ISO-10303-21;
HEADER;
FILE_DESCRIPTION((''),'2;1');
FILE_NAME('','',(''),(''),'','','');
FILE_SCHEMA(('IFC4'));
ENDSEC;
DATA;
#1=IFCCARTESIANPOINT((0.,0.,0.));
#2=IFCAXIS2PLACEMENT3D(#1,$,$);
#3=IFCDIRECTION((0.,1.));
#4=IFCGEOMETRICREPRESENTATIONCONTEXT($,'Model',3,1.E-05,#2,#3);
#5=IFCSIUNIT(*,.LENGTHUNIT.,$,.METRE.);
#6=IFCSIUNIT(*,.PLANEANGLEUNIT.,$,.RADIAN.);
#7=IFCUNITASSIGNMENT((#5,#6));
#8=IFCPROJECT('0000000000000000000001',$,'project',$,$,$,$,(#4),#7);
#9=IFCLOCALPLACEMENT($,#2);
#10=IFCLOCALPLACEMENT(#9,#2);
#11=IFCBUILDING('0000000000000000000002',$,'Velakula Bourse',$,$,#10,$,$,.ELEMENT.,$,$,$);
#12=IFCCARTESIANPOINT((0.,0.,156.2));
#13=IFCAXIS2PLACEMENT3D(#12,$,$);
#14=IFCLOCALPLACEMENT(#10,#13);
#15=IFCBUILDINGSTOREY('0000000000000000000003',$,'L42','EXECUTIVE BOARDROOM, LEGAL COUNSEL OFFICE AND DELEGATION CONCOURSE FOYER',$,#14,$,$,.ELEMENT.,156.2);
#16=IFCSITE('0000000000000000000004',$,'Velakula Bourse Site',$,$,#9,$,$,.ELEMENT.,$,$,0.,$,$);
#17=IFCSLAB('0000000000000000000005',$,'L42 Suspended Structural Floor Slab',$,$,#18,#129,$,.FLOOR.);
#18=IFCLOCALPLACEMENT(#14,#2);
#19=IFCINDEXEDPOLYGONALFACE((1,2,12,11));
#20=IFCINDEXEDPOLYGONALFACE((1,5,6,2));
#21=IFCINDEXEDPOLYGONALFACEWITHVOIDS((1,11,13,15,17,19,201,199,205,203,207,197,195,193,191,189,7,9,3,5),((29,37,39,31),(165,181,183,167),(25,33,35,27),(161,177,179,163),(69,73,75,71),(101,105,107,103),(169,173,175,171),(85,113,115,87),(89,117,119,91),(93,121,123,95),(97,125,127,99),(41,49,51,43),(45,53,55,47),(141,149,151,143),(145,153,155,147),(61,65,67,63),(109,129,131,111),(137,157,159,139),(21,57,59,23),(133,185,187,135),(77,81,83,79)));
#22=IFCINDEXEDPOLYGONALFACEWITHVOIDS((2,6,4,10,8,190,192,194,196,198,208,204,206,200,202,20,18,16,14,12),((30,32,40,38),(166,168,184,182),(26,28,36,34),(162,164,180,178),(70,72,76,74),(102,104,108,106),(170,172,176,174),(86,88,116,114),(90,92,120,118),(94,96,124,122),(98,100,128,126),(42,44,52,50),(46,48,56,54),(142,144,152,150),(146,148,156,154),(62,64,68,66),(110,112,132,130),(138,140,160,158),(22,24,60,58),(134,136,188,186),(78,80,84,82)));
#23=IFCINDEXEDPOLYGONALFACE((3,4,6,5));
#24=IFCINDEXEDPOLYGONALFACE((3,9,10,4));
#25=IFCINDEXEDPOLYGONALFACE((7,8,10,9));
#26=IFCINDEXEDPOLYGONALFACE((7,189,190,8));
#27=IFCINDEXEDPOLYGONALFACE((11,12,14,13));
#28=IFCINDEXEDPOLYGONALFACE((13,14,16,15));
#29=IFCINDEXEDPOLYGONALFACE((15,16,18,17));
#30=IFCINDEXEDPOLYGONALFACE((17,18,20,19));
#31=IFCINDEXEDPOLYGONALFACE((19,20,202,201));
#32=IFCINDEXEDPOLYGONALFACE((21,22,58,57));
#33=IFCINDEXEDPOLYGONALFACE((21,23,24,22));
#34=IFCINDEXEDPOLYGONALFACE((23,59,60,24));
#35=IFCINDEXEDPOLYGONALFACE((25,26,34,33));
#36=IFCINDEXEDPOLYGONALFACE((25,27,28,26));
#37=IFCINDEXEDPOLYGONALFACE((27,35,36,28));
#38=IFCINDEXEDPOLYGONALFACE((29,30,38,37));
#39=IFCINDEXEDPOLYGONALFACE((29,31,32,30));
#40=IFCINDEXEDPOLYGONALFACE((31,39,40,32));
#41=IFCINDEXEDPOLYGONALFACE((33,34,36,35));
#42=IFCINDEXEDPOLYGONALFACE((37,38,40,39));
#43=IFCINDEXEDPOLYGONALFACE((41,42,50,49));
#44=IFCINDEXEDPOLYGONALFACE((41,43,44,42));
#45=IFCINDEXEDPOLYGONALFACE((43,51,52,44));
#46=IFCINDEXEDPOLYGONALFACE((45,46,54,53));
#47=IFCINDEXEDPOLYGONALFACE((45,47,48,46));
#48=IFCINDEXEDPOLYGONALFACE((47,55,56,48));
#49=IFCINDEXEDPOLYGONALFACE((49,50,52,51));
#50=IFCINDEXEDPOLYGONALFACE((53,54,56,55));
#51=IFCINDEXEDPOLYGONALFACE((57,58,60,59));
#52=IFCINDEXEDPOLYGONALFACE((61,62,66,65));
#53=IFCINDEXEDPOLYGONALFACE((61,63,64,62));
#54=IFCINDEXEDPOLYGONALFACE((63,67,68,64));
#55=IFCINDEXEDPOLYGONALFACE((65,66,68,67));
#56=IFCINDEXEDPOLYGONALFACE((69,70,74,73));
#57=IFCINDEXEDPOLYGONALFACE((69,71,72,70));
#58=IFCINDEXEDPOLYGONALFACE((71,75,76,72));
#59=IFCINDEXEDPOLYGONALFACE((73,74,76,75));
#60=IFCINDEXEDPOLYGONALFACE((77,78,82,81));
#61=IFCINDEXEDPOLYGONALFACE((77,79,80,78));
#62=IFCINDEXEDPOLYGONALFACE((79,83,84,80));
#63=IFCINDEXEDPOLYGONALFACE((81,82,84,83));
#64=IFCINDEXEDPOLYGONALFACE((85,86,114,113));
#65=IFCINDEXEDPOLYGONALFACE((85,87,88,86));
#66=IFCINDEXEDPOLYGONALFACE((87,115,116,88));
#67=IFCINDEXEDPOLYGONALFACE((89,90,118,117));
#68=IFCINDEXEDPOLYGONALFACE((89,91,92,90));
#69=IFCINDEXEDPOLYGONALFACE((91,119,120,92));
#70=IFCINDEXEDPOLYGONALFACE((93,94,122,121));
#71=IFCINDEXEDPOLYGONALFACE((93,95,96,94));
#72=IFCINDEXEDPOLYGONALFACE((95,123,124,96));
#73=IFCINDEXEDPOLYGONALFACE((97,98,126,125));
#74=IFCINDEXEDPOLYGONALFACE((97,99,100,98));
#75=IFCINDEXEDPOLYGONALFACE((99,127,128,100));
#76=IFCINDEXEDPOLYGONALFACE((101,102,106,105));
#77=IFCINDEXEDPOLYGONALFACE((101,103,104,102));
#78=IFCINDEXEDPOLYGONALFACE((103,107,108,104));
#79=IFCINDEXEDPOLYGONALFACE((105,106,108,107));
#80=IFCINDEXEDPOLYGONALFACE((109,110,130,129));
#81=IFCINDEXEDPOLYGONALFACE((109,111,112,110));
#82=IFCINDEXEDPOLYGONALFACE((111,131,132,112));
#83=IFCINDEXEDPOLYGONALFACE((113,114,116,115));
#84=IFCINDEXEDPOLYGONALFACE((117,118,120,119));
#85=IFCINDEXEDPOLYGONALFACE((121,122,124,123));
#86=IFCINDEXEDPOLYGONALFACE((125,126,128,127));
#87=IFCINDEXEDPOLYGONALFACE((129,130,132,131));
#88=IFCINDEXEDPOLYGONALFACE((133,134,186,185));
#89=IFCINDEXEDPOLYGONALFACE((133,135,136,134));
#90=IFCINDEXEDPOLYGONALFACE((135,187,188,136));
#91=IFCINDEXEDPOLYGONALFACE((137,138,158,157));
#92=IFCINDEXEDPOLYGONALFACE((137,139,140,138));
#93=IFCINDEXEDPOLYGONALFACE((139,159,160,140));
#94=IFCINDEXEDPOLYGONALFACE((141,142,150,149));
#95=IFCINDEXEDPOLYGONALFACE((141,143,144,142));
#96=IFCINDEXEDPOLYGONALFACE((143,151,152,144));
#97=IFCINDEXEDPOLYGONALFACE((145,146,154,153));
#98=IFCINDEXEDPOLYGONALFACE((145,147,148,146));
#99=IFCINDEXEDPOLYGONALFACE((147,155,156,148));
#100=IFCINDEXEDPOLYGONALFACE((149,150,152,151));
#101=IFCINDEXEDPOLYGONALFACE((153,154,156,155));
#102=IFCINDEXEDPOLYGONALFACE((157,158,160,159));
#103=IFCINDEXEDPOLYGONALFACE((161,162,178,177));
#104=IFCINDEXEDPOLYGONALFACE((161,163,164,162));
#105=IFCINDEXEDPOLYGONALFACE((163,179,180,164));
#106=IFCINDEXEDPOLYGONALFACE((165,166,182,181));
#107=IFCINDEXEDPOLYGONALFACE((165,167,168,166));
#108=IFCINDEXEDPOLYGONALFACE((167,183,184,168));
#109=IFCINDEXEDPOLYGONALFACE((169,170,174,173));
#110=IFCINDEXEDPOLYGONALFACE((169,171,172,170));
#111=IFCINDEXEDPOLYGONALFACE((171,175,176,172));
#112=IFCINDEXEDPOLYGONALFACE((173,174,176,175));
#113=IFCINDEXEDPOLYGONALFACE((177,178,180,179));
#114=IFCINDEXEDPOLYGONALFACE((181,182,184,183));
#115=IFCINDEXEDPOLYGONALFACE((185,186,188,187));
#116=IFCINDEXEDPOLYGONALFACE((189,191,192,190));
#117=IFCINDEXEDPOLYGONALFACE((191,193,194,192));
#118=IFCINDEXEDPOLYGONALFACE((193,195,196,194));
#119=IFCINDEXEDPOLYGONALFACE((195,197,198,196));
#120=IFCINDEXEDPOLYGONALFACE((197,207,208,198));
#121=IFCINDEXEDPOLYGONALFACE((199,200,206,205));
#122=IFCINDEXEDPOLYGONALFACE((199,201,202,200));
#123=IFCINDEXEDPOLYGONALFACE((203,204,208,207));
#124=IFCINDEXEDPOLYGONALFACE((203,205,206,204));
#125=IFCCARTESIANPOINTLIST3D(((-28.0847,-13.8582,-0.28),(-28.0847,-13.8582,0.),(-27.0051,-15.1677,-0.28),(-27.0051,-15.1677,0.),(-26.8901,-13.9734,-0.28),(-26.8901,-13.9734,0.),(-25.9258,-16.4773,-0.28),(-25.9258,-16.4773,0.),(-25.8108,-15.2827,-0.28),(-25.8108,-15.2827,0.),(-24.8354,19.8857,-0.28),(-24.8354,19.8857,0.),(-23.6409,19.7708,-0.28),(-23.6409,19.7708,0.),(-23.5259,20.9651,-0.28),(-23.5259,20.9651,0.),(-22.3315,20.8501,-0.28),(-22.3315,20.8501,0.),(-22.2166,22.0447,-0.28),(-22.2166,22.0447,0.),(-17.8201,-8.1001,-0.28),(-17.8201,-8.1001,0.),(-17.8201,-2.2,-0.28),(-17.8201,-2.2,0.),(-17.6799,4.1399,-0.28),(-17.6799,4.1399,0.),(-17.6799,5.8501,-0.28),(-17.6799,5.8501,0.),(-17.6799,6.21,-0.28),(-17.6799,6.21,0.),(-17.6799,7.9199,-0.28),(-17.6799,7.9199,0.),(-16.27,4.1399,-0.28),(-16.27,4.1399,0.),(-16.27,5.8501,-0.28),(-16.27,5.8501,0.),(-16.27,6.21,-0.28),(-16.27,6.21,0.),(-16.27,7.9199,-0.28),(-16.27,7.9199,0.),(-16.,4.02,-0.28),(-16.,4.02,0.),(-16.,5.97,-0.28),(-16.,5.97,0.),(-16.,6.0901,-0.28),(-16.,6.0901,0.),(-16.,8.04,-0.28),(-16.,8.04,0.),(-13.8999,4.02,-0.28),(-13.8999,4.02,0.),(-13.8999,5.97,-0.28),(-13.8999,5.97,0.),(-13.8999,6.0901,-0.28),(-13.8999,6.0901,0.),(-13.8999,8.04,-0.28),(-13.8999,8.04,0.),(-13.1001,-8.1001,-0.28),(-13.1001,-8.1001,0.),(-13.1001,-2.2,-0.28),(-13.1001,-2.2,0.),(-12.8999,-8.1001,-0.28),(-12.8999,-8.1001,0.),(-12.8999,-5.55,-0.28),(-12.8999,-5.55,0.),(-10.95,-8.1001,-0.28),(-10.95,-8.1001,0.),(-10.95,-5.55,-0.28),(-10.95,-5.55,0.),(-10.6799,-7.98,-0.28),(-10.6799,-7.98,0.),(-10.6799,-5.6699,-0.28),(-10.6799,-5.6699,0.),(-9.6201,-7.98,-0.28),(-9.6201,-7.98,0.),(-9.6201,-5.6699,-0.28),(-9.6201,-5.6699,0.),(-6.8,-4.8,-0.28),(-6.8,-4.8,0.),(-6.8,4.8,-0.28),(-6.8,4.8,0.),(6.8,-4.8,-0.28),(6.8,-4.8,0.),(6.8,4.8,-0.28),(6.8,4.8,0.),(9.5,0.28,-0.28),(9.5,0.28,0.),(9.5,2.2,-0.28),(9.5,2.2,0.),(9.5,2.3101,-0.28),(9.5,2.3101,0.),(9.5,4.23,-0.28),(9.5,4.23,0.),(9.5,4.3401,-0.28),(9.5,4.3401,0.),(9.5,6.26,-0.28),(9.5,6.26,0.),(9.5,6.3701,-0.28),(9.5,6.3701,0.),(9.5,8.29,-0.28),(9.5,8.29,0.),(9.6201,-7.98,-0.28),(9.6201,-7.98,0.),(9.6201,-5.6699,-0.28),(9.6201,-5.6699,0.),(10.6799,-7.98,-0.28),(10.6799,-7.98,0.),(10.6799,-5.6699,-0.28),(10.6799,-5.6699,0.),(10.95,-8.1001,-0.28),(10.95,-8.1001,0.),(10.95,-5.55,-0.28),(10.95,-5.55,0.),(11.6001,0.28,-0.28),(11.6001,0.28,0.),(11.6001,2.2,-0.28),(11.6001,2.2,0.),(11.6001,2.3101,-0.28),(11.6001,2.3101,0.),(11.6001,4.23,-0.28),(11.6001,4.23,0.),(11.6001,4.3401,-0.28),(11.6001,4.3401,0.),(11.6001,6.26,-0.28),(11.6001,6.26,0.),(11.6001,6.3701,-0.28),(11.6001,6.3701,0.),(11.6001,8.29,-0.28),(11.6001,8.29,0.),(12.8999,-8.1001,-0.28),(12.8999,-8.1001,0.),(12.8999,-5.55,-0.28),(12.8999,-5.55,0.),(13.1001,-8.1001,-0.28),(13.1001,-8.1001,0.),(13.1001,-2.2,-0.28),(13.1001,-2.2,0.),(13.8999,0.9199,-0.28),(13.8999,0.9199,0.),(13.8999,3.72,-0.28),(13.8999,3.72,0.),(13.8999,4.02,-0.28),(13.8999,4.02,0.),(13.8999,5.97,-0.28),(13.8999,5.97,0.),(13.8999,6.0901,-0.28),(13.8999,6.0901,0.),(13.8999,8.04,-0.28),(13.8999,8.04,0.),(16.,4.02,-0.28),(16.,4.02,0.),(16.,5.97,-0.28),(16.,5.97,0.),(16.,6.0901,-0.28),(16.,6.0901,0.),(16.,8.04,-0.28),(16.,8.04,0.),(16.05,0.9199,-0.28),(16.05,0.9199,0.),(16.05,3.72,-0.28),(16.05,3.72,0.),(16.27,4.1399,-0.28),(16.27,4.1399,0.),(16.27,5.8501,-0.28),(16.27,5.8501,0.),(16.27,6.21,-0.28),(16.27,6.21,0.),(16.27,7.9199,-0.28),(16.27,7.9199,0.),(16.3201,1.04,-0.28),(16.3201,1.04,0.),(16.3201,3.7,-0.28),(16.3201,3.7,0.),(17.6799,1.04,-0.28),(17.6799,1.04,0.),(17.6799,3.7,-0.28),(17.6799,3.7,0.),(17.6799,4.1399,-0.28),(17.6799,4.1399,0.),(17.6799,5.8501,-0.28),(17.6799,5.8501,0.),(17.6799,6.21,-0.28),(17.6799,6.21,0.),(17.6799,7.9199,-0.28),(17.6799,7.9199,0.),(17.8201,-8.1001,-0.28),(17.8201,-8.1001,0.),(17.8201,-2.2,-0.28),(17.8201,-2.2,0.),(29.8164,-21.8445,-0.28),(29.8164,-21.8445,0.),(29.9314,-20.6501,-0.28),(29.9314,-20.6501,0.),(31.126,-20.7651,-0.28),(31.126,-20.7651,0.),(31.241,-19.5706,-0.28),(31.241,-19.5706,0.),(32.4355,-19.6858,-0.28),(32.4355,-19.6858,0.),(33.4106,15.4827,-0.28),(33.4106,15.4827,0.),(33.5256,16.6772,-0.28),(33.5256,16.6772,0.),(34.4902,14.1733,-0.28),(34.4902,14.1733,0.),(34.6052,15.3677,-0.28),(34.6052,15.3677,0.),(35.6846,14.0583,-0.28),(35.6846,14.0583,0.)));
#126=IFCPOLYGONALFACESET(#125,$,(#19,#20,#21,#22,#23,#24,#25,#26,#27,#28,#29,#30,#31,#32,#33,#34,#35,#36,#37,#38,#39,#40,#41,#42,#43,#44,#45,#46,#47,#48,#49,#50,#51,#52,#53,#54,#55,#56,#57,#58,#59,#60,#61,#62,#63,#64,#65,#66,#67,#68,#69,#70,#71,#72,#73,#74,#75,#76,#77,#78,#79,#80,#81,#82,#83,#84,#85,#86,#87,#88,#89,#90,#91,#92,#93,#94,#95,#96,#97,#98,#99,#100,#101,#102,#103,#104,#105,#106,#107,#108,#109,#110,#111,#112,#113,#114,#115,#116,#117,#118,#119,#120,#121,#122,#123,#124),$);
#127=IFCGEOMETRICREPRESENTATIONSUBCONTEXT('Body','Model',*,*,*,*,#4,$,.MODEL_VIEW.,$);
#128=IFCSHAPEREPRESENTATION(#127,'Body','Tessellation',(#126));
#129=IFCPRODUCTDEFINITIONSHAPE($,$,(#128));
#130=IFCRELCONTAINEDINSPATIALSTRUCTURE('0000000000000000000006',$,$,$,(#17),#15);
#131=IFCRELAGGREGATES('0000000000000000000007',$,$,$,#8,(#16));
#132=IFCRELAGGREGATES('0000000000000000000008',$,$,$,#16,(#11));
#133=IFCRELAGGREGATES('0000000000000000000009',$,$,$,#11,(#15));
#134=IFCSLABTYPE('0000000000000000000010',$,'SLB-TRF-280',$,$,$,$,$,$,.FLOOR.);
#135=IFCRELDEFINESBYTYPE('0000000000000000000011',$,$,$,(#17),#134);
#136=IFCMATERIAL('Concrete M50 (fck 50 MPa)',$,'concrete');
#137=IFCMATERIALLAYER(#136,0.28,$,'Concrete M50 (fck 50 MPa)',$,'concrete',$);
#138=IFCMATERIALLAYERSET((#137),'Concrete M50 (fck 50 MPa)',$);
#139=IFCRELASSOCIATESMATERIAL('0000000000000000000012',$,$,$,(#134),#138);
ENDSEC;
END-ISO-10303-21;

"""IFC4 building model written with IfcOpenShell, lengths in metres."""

from ifc_helpers import new_model, si_unit, direction, frame, origin, place, context, subcontext, project, spatial, polyline, outline, extrude, material, layer, layer_set, type_object, element, save


model = new_model("IFC4")

# Units and contexts
model_context = context("Model", 3, precision=1e-05, world=origin(), true_north=direction((0.0, 1.0)))
body_context = subcontext(model_context, "Body", "Model", "MODEL_VIEW")
ifc_project = project(units=[si_unit("LENGTHUNIT", "METRE"), si_unit("PLANEANGLEUNIT", "RADIAN")], contexts=[model_context])

# Site, building, storey
site_placement = place(None, origin())
site = spatial("IfcSite", under=ifc_project, at=site_placement, Name="Velakula Bourse Site", CompositionType="ELEMENT", RefElevation=0.0)
building_placement = place(site_placement, origin())
building = spatial("IfcBuilding", under=site, at=building_placement, Name="Velakula Bourse", CompositionType="ELEMENT")
storey_placement = place(building_placement, frame((0.0, 0.0, 156.2)))
storey = spatial("IfcBuildingStorey", under=building, at=storey_placement, Name="L42", Description="EXECUTIVE BOARDROOM, LEGAL COUNSEL OFFICE AND DELEGATION CONCOURSE FOYER", CompositionType="ELEMENT", Elevation=156.2)

# Slab
ifc_material_1 = material(Name="Concrete M50 (fck 50 MPa)", Category="concrete")
ifc_layer_1 = layer(ifc_material_1, 0.28, Name="Concrete M50 (fck 50 MPa)", Category="concrete")
ifc_layer_set_1 = layer_set([ifc_layer_1], Name="Concrete M50 (fck 50 MPa)")
slab_type_1 = type_object("IfcSlabType", Name="SLB-TRF-280", PredefinedType="FLOOR", material=ifc_layer_set_1)
slab_1_placement = place(storey_placement, frame((0.0, 0.0, -0.28)))
element("IfcSlab", 1, at=slab_1_placement, inside=storey, type_object=slab_type_1, Name="L42 Suspended Structural Floor Slab", PredefinedType="FLOOR", context=body_context, shape_type="SweptSolid", body=[
    extrude(outline(polyline([(-25.9258, -16.4773), (29.8164, -21.8445), (29.9314, -20.6501), (31.126, -20.7651), (31.241, -19.5706), (32.4355, -19.6858), (35.6846, 14.0583), (34.4902, 14.1733), (34.6052, 15.3677), (33.4106, 15.4827), (33.5256, 16.6772), (-22.2166, 22.0447), (-22.3315, 20.8501), (-23.5259, 20.9651), (-23.6409, 19.7708), (-24.8354, 19.8857), (-28.0847, -13.8582), (-26.8901, -13.9734), (-27.0051, -15.1677), (-25.8108, -15.2827), (-25.9258, -16.4773)]), holes=[polyline([(-17.8201, -8.1001), (-13.1001, -8.1001), (-13.1001, -2.2), (-17.8201, -2.2), (-17.8201, -8.1001)]), polyline([(13.1001, -8.1001), (17.8201, -8.1001), (17.8201, -2.2), (13.1001, -2.2), (13.1001, -8.1001)]), polyline([(-12.8999, -8.1001), (-10.95, -8.1001), (-10.95, -5.55), (-12.8999, -5.55), (-12.8999, -8.1001)]), polyline([(10.95, -8.1001), (12.8999, -8.1001), (12.8999, -5.55), (10.95, -5.55), (10.95, -8.1001)]), polyline([(13.8999, 0.9199), (16.05, 0.9199), (16.05, 3.72), (13.8999, 3.72), (13.8999, 0.9199)]), polyline([(-10.6799, -7.98), (-9.6201, -7.98), (-9.6201, -5.6699), (-10.6799, -5.6699), (-10.6799, -7.98)]), polyline([(-17.6799, 4.1399), (-16.27, 4.1399), (-16.27, 5.8501), (-17.6799, 5.8501), (-17.6799, 4.1399)]), polyline([(-17.6799, 6.21), (-16.27, 6.21), (-16.27, 7.9199), (-17.6799, 7.9199), (-17.6799, 6.21)]), polyline([(9.6201, -7.98), (10.6799, -7.98), (10.6799, -5.6699), (9.6201, -5.6699), (9.6201, -7.98)]), polyline([(16.27, 4.1399), (17.6799, 4.1399), (17.6799, 5.8501), (16.27, 5.8501), (16.27, 4.1399)]), polyline([(16.27, 6.21), (17.6799, 6.21), (17.6799, 7.9199), (16.27, 7.9199), (16.27, 6.21)]), polyline([(16.3201, 1.04), (17.6799, 1.04), (17.6799, 3.7), (16.3201, 3.7), (16.3201, 1.04)]), polyline([(9.5, 0.28), (11.6001, 0.28), (11.6001, 2.2), (9.5, 2.2), (9.5, 0.28)]), polyline([(9.5, 2.3101), (11.6001, 2.3101), (11.6001, 4.23), (9.5, 4.23), (9.5, 2.3101)]), polyline([(9.5, 4.3401), (11.6001, 4.3401), (11.6001, 6.26), (9.5, 6.26), (9.5, 4.3401)]), polyline([(9.5, 6.3701), (11.6001, 6.3701), (11.6001, 8.29), (9.5, 8.29), (9.5, 6.3701)]), polyline([(-16.0, 4.02), (-13.8999, 4.02), (-13.8999, 5.97), (-16.0, 5.97), (-16.0, 4.02)]), polyline([(-16.0, 6.0901), (-13.8999, 6.0901), (-13.8999, 8.04), (-16.0, 8.04), (-16.0, 6.0901)]), polyline([(13.8999, 4.02), (16.0, 4.02), (16.0, 5.97), (13.8999, 5.97), (13.8999, 4.02)]), polyline([(13.8999, 6.0901), (16.0, 6.0901), (16.0, 8.04), (13.8999, 8.04), (13.8999, 6.0901)]), polyline([(-6.8, -4.8), (6.8, -4.8), (6.8, 4.8), (-6.8, 4.8), (-6.8, -4.8)])]), origin(), (0.0, 0.0, 1.0), 0.28),
])

save(model, "model.ifc")
